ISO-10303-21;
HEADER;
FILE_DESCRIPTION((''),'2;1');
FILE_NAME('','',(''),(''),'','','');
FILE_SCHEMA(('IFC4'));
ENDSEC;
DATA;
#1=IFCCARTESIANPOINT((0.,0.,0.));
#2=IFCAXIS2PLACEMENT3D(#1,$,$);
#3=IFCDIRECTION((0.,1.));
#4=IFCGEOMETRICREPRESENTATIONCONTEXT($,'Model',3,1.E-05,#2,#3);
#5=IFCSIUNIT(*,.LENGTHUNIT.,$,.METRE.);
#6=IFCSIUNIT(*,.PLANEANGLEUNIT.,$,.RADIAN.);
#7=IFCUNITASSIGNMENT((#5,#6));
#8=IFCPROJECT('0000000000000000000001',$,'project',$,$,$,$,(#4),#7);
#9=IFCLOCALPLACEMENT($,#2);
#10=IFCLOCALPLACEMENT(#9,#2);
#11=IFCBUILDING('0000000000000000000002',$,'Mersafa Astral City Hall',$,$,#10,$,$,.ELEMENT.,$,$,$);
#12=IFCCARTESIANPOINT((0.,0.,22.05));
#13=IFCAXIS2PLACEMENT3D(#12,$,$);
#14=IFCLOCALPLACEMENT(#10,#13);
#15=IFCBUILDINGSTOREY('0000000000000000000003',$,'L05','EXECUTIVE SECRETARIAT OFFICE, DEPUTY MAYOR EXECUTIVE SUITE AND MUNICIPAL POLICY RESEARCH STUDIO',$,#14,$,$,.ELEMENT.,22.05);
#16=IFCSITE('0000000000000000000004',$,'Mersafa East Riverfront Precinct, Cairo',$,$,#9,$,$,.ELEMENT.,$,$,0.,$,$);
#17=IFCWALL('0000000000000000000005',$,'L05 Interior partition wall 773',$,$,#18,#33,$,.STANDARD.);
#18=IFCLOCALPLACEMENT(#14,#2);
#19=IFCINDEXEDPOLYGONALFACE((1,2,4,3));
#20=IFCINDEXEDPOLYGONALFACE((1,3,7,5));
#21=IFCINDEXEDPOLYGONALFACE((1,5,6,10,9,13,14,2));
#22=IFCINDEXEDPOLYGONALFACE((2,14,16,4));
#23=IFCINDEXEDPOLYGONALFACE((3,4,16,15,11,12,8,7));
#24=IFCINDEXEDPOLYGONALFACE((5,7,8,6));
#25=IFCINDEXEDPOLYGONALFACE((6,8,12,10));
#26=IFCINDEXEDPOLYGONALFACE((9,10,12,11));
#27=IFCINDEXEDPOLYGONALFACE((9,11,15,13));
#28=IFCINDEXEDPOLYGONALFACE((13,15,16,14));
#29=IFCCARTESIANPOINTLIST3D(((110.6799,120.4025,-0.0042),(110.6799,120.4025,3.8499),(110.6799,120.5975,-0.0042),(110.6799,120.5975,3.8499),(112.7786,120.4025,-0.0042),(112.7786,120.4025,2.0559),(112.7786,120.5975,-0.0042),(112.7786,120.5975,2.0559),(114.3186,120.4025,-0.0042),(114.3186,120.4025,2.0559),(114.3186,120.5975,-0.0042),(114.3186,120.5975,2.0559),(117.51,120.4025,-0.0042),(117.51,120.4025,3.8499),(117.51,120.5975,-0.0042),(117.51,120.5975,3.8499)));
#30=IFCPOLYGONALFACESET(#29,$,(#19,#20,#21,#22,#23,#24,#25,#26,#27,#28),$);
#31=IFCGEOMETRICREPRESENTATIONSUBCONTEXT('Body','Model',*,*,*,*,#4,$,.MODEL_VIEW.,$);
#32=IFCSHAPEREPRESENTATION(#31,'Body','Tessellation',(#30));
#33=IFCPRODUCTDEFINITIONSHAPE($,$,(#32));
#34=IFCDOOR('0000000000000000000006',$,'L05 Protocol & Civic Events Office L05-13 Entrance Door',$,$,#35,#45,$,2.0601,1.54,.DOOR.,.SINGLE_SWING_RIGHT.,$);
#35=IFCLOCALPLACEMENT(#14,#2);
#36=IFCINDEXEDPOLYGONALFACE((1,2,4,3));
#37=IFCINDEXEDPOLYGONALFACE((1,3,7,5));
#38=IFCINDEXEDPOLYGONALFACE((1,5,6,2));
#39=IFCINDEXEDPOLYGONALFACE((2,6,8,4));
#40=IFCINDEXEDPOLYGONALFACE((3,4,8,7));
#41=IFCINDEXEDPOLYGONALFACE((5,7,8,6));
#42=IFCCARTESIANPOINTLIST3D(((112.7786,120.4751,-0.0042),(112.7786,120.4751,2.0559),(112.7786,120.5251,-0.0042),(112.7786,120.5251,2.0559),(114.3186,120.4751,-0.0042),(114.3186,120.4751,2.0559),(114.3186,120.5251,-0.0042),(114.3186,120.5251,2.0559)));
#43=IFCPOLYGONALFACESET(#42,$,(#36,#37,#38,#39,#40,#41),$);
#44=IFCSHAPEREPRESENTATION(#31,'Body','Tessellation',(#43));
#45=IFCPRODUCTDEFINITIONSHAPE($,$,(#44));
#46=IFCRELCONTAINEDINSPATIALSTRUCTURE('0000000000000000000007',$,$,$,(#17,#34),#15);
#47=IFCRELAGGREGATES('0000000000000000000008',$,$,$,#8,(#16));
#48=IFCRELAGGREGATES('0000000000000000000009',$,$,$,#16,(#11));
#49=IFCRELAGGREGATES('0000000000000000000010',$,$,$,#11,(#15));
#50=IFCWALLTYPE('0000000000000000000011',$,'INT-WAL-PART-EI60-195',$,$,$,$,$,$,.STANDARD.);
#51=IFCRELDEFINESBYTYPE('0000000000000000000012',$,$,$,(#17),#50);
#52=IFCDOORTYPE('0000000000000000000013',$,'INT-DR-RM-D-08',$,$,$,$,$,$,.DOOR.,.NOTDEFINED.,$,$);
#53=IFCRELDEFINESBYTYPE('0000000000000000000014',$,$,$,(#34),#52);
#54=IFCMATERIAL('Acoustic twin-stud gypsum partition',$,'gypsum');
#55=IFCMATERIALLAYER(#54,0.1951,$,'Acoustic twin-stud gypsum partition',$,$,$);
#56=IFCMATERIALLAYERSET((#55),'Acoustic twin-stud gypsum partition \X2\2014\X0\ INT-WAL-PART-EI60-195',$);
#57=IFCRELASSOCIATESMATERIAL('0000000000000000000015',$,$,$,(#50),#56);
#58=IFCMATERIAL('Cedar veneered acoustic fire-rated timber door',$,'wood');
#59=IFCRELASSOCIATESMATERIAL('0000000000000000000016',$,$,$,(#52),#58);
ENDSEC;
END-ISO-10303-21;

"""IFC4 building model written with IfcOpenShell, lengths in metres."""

from ifc_helpers import new_model, si_unit, direction, frame, frame_2d, origin, place, context, subcontext, project, spatial, rectangle, extrude, material, layer, layer_set, type_object, element, fill, save


model = new_model("IFC4")

# Units and contexts
model_context = context("Model", 3, precision=1e-05, world=origin(), true_north=direction((0.0, 1.0)))
body_context = subcontext(model_context, "Body", "Model", "MODEL_VIEW")
ifc_project = project(units=[si_unit("LENGTHUNIT", "METRE"), si_unit("PLANEANGLEUNIT", "RADIAN")], contexts=[model_context])

# Site, building, storey
site_placement = place(None, origin())
site = spatial("IfcSite", under=ifc_project, at=site_placement, Name="Mersafa East Riverfront Precinct, Cairo", CompositionType="ELEMENT", RefElevation=0.0)
building_placement = place(site_placement, origin())
building = spatial("IfcBuilding", under=site, at=building_placement, Name="Mersafa Astral City Hall", CompositionType="ELEMENT")
storey_placement = place(building_placement, frame((0.0, 0.0, 22.05)))
storey = spatial("IfcBuildingStorey", under=building, at=storey_placement, Name="L05", Description="EXECUTIVE SECRETARIAT OFFICE, DEPUTY MAYOR EXECUTIVE SUITE AND MUNICIPAL POLICY RESEARCH STUDIO", CompositionType="ELEMENT", Elevation=22.05)

# Wall, opening, door
ifc_material_1 = material(Name="Acoustic twin-stud gypsum partition", Category="gypsum")
ifc_layer_1 = layer(ifc_material_1, 0.1951, Name="Acoustic twin-stud gypsum partition")
ifc_layer_set_1 = layer_set([ifc_layer_1], Name="Acoustic twin-stud gypsum partition — INT-WAL-PART-EI60-195")
wall_type = type_object("IfcWallType", Name="INT-WAL-PART-EI60-195", PredefinedType="STANDARD", material=ifc_layer_set_1)
wall_placement = place(storey_placement, frame((117.51, 120.5, -0.0042), z_axis=(0.0, 0.0, 1.0), x_axis=(-1.0, 0.0, 0.0)))
wall = element("IfcWall", 1, at=wall_placement, inside=storey, type_object=wall_type, Name="L05 Interior partition wall 773", PredefinedType="STANDARD", context=body_context, shape_type="SweptSolid", body=[
    extrude(rectangle(XDim=6.8301, YDim=0.1951, at=frame_2d((3.415, 0.0))), origin(), (0.0, 0.0, 1.0), 3.854),
])
opening_placement = place(wall_placement, frame((3.1914, 0.0, 0.0)))
opening = element("IfcOpeningElement", 2, at=opening_placement, cuts=wall, PredefinedType="OPENING", context=body_context, shape_type="SweptSolid", body=[
    extrude(rectangle(XDim=1.54, YDim=2.0601, at=frame_2d((0.77, 1.03))), frame((0.0, 0.1074, 0.0), z_axis=(0.0, -1.0, 0.0), x_axis=(1.0, 0.0, 0.0)), (0.0, 0.0, 1.0), 0.2151),
])
ifc_material_2 = material(Name="Cedar veneered acoustic fire-rated timber door", Category="wood")
door_type = type_object("IfcDoorType", Name="INT-DR-RM-D-08", OperationType="NOTDEFINED", PredefinedType="DOOR", material=ifc_material_2)
door_placement = place(opening_placement, origin())
door = element("IfcDoor", 3, at=door_placement, inside=storey, type_object=door_type, Name="L05 Protocol & Civic Events Office L05-13 Entrance Door", OperationType="SINGLE_SWING_RIGHT", OverallHeight=2.0601, OverallWidth=1.54, PredefinedType="DOOR", context=body_context, shape_type="SweptSolid", body=[
    extrude(rectangle(XDim=1.54, YDim=2.0601, at=frame_2d((0.77, 1.03))), frame((0.0, 0.0249, 0.0), z_axis=(0.0, -1.0, 0.0), x_axis=(1.0, 0.0, 0.0)), (0.0, 0.0, 1.0), 0.05),
])
fill(opening, door)

save(model, "model.ifc")
